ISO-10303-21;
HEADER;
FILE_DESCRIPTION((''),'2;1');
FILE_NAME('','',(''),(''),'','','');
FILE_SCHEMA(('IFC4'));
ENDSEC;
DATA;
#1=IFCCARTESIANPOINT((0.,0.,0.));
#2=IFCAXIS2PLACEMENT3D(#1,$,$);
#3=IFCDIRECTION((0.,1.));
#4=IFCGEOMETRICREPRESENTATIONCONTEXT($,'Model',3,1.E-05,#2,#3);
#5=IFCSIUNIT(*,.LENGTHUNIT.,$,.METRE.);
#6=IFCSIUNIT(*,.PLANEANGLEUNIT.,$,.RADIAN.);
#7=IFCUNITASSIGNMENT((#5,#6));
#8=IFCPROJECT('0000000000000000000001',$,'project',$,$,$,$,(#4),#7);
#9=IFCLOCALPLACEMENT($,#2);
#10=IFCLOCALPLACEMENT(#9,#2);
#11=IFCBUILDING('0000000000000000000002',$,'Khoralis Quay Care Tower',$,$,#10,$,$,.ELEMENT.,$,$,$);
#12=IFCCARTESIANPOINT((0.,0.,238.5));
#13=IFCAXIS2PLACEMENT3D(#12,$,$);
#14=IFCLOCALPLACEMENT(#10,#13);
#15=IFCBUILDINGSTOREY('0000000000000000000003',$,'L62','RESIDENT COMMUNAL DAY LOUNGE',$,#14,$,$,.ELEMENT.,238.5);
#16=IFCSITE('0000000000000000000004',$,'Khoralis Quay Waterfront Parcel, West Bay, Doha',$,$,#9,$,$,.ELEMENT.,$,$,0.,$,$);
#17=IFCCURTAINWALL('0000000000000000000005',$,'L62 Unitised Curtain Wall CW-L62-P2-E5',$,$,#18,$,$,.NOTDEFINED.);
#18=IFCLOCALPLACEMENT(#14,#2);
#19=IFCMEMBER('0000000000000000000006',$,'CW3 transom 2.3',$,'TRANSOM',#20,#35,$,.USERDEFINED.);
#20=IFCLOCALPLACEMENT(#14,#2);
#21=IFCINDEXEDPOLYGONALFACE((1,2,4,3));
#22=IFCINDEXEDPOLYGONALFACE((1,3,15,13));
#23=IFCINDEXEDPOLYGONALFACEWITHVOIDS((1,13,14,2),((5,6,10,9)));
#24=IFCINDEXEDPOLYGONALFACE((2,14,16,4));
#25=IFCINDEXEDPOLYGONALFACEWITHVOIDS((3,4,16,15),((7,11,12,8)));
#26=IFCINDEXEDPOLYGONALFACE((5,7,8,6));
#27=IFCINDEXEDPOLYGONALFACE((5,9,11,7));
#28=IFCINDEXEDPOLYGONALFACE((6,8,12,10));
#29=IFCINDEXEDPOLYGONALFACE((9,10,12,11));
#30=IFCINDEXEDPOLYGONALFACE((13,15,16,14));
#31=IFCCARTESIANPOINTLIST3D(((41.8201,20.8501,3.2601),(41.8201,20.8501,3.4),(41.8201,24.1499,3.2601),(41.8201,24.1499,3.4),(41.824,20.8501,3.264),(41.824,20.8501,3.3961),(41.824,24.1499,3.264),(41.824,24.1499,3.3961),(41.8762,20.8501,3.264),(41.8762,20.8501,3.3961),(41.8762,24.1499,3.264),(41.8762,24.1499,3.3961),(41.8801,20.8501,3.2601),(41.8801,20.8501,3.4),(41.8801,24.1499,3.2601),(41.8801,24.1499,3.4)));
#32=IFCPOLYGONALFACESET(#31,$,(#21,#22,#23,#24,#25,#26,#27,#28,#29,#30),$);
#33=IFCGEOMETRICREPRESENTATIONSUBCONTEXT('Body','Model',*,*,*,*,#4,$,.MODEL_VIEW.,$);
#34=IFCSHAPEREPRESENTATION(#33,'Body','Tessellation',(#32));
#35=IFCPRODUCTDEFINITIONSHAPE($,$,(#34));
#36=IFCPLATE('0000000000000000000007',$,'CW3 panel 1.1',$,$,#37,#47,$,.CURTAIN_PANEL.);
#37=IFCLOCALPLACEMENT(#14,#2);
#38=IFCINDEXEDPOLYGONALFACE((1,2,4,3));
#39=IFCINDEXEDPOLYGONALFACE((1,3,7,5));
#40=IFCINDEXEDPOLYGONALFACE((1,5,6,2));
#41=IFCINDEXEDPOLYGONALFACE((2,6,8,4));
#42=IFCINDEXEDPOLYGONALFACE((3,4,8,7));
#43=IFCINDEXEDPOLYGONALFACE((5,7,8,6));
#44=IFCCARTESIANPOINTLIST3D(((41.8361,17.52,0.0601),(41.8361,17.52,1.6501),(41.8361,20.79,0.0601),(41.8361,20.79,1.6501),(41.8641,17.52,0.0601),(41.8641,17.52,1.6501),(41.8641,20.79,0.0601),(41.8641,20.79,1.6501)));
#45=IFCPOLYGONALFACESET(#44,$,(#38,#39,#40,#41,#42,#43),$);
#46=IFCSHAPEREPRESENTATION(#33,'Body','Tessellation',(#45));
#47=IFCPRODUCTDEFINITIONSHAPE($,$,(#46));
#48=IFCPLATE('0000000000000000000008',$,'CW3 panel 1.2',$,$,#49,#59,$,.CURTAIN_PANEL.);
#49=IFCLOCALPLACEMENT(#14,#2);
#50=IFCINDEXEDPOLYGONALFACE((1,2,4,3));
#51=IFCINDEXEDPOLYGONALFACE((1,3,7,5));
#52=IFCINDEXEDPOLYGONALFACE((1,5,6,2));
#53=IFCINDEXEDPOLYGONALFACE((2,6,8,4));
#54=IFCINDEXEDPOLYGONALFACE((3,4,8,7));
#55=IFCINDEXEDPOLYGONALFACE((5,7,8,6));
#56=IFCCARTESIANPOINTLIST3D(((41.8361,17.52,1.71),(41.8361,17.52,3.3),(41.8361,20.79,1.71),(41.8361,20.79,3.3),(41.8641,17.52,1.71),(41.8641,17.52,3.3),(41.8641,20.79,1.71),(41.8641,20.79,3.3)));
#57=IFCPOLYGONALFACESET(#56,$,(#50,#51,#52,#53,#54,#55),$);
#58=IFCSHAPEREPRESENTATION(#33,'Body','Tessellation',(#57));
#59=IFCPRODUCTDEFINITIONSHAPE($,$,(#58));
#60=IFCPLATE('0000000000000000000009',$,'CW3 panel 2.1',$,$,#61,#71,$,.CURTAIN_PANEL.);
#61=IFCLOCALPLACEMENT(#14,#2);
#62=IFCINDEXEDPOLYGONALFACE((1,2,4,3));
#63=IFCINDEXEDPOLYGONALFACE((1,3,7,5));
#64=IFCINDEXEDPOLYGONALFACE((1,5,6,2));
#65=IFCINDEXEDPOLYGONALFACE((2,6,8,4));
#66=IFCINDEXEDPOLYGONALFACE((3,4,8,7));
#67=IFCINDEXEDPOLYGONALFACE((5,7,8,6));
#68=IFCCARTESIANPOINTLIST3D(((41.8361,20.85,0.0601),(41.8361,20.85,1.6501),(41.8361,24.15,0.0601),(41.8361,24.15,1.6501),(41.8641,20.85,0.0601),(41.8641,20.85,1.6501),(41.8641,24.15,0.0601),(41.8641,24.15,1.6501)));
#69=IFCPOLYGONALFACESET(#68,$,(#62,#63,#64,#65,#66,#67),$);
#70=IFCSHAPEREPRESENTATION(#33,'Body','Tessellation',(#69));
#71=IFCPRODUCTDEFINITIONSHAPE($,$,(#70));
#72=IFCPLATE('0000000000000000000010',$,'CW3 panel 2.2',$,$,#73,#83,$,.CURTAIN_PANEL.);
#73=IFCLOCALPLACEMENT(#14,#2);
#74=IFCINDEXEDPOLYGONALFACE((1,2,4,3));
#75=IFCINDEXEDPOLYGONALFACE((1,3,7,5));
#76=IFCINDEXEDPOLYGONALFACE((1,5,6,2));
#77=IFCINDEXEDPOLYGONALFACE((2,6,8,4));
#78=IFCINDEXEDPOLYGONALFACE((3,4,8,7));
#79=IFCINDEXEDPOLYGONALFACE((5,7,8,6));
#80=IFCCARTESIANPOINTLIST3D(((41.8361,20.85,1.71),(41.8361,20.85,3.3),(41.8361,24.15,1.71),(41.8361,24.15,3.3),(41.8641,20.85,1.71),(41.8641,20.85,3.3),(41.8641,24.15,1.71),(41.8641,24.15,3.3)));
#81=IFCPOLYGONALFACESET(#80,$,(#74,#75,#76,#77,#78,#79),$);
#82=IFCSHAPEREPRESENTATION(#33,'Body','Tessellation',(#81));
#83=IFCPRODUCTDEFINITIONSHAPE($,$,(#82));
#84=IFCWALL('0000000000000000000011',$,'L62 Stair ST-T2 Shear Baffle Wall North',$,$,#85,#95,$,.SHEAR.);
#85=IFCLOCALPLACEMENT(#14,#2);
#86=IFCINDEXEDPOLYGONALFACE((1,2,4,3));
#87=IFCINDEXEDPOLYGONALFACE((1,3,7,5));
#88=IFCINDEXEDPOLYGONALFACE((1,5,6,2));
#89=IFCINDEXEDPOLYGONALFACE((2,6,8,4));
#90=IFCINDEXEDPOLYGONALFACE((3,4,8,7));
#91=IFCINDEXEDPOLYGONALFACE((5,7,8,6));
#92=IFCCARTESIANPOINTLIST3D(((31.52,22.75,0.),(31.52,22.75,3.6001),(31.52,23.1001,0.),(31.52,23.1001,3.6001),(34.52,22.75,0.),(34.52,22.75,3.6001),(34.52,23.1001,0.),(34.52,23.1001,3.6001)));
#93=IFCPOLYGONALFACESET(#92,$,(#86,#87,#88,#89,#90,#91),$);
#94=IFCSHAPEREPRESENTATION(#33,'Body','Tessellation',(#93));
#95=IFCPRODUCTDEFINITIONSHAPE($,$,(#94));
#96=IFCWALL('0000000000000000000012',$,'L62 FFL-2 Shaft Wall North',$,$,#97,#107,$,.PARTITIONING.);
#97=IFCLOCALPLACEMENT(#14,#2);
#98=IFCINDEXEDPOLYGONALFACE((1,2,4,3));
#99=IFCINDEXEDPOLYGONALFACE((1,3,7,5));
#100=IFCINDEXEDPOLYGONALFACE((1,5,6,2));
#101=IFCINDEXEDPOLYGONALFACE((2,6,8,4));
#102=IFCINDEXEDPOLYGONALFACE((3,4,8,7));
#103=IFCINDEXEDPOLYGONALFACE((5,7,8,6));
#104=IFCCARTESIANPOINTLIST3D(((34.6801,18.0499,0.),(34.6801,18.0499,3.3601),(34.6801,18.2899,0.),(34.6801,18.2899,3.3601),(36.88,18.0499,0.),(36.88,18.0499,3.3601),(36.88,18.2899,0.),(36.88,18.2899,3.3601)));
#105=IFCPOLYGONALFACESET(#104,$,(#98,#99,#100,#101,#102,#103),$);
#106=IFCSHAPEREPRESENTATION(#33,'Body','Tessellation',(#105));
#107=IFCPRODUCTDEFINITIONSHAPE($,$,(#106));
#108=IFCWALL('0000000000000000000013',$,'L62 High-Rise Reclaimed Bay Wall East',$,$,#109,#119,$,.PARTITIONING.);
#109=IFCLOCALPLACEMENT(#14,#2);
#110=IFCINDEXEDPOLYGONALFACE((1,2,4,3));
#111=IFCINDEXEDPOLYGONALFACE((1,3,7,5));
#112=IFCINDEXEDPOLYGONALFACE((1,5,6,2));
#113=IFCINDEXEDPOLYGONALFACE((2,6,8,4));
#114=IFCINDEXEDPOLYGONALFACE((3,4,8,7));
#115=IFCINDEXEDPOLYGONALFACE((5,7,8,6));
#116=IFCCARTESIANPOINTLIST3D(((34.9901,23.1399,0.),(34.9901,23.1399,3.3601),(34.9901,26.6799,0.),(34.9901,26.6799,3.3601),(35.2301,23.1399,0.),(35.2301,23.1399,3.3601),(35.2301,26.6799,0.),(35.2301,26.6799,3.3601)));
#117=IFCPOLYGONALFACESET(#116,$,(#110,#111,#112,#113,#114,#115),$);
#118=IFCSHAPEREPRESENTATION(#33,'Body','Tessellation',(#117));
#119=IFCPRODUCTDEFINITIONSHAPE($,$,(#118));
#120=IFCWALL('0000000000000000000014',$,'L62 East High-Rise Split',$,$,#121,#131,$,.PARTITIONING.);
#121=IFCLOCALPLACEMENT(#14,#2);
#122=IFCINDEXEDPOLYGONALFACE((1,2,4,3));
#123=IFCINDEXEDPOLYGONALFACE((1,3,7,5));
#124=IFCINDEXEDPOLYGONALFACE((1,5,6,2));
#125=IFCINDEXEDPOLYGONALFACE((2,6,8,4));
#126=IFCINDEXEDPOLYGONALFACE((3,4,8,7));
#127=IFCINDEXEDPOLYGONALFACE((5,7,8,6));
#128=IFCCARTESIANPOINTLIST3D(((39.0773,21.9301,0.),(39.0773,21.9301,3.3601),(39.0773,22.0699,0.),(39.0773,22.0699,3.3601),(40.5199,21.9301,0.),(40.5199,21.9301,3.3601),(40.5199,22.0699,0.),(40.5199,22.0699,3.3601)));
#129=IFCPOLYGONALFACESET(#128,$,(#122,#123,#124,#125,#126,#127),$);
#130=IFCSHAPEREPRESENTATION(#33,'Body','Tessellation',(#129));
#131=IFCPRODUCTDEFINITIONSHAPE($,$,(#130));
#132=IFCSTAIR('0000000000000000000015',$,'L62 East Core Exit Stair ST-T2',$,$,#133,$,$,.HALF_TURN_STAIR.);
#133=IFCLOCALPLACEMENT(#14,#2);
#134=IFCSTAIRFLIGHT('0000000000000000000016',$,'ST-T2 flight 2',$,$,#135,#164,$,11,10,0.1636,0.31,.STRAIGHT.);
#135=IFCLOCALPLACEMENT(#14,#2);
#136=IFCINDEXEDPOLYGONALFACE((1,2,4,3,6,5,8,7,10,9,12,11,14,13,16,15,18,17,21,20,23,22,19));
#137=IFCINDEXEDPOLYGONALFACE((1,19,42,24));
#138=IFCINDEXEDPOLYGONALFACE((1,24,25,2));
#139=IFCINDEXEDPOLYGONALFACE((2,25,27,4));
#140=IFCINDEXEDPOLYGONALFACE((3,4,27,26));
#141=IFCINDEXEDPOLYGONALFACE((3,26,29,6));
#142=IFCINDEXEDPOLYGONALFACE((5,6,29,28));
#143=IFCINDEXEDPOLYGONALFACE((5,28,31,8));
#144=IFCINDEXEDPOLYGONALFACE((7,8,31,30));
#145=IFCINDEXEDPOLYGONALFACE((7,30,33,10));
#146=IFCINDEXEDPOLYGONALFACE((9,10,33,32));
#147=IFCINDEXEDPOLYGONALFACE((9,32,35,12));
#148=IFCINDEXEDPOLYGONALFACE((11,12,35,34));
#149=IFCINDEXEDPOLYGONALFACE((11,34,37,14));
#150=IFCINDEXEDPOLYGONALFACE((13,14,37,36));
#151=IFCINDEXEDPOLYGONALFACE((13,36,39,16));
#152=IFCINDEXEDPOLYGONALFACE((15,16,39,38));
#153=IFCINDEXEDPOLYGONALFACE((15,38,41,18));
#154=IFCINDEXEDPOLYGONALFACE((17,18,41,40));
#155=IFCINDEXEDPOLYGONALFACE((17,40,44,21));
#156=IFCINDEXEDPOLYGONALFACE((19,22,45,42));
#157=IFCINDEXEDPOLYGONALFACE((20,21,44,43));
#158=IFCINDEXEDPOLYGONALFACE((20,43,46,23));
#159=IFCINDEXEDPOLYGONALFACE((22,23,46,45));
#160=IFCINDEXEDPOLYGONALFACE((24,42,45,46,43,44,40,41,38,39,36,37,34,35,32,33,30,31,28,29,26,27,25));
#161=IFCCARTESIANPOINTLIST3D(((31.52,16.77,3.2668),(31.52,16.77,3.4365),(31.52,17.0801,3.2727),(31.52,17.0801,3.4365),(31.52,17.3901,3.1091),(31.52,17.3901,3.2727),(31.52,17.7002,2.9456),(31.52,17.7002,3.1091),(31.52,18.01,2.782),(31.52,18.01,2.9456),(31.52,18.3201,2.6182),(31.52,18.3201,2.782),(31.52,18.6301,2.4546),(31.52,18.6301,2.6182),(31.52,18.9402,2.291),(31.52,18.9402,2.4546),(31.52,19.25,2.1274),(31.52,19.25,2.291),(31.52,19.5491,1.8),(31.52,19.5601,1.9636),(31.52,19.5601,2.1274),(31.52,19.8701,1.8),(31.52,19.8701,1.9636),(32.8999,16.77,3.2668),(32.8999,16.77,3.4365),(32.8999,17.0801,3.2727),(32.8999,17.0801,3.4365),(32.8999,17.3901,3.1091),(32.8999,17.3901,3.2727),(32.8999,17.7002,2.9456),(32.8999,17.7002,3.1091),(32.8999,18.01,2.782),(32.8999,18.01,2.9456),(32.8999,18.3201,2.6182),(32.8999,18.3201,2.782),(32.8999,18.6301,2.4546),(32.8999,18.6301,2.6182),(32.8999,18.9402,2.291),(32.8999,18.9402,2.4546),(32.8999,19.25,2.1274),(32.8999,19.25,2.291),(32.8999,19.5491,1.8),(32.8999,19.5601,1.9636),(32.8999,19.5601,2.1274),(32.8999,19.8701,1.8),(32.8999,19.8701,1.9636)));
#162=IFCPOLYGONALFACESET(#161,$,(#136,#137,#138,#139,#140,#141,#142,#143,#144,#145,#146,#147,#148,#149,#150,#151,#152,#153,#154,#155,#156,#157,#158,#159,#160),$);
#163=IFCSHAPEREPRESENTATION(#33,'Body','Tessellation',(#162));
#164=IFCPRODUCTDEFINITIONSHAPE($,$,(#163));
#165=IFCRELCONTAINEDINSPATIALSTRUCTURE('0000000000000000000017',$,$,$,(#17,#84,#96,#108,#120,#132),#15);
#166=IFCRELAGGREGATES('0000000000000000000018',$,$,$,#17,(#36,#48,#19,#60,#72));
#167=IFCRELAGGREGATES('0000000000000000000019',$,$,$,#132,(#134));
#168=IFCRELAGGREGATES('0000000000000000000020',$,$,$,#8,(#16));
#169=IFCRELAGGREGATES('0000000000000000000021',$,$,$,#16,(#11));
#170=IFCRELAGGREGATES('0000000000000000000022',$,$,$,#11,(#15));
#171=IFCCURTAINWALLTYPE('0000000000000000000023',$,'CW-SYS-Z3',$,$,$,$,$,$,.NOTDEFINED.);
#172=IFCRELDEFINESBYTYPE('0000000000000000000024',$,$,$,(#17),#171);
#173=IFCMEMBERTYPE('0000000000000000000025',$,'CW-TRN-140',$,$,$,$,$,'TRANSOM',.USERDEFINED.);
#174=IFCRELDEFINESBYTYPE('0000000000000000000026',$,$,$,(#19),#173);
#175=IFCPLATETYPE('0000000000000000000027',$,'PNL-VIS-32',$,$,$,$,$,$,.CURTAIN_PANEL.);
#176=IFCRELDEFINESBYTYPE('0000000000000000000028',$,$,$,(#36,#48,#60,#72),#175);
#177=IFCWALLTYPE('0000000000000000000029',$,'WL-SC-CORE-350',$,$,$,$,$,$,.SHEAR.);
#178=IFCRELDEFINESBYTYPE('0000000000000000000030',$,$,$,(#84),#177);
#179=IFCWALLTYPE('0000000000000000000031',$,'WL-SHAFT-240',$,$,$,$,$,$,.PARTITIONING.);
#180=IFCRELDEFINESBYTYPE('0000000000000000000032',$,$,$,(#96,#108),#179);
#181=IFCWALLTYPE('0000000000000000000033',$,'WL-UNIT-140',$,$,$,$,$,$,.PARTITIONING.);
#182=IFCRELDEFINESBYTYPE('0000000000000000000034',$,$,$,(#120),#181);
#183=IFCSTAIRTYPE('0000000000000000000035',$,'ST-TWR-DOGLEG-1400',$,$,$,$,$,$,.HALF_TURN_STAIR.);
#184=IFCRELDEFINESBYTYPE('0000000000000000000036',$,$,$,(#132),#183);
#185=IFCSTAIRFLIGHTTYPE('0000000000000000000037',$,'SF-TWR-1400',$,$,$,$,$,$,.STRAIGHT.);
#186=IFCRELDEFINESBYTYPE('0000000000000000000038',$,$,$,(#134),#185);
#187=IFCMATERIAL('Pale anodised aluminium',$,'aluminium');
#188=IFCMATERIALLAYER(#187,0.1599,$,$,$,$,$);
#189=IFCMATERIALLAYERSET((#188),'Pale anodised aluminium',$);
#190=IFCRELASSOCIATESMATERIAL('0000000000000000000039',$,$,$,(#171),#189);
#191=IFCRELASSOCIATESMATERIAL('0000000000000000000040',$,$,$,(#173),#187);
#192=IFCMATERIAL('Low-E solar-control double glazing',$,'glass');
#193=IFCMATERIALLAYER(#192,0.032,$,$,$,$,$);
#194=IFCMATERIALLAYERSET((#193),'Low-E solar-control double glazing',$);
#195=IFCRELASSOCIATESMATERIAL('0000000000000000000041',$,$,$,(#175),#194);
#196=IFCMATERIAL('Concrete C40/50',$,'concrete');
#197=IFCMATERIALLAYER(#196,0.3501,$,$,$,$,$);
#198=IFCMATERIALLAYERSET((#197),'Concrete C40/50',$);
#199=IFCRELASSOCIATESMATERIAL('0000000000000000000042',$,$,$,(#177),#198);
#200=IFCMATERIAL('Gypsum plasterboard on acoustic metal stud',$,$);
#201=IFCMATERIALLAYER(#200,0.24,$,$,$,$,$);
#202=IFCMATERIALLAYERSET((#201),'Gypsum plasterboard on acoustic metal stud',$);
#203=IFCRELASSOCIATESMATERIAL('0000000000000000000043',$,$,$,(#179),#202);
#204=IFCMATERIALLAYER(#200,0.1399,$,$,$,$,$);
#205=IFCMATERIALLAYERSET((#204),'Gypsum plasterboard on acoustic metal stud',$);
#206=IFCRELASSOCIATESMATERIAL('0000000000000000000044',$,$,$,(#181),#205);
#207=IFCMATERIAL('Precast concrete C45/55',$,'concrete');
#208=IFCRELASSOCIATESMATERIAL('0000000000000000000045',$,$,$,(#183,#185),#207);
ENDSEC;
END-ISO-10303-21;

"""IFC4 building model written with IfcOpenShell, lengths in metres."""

from ifc_helpers import new_model, si_unit, direction, frame, frame_2d, origin, origin_2d, place, context, subcontext, project, spatial, polyline, rectangle, hollow_rectangle, outline, extrude, source, transform, mapped, material, layer, layer_set, material_profile, profile_set, type_object, element, aggregate, save


model = new_model("IFC4")

# Units and contexts
model_context = context("Model", 3, precision=1e-05, world=origin(), true_north=direction((0.0, 1.0)))
body_context = subcontext(model_context, "Body", "Model", "MODEL_VIEW")
ifc_project = project(units=[si_unit("LENGTHUNIT", "METRE"), si_unit("PLANEANGLEUNIT", "RADIAN")], contexts=[model_context])

# Site, building, storey
site_placement = place(None, origin())
site = spatial("IfcSite", under=ifc_project, at=site_placement, Name="Khoralis Quay Waterfront Parcel, West Bay, Doha", CompositionType="ELEMENT", RefElevation=0.0)
building_placement = place(site_placement, origin())
building = spatial("IfcBuilding", under=site, at=building_placement, Name="Khoralis Quay Care Tower", CompositionType="ELEMENT")
storey_placement = place(building_placement, frame((0.0, 0.0, 238.5)))
storey = spatial("IfcBuildingStorey", under=building, at=storey_placement, Name="L62", Description="RESIDENT COMMUNAL DAY LOUNGE", CompositionType="ELEMENT", Elevation=238.5)

# Curtain wall, member, plates
ifc_material_1 = material(Name="Pale anodised aluminium", Category="aluminium")
ifc_layer_1 = layer(ifc_material_1, 0.1599)
ifc_layer_set_1 = layer_set([ifc_layer_1], Name="Pale anodised aluminium")
curtain_wall_type = type_object("IfcCurtainWallType", Name="CW-SYS-Z3", PredefinedType="NOTDEFINED", material=ifc_layer_set_1)
curtain_wall_placement = place(storey_placement, origin())
curtain_wall = element("IfcCurtainWall", 1, at=curtain_wall_placement, inside=storey, type_object=curtain_wall_type, Name="L62 Unitised Curtain Wall CW-L62-P2-E5", PredefinedType="NOTDEFINED")
ifc_material_profile_1 = material_profile(ifc_material_1, hollow_rectangle(XDim=0.0601, YDim=0.1399, WallThickness=0.0039, at=origin_2d()), Name="Pale anodised aluminium")
ifc_profile_set_1 = profile_set([ifc_material_profile_1], Name="Pale anodised aluminium")
member_type_1 = type_object("IfcMemberType", Name="CW-TRN-140", ElementType="TRANSOM", PredefinedType="USERDEFINED", material=ifc_profile_set_1)
shared_shape_1 = source(origin(), body_context, "Body", "SweptSolid", [
    extrude(hollow_rectangle(XDim=0.0601, YDim=0.1399, WallThickness=0.0039, at=origin_2d()), origin(), (0.0, 0.0, 1.0), 3.2998),
])
member_1_placement = place(storey_placement, frame((41.8501, 20.8501, 3.3301), z_axis=(0.0, 1.0, 0.0), x_axis=(-1.0, 0.0, 0.0)))
member_1 = element("IfcMember", 2, at=member_1_placement, type_object=member_type_1, Name="CW3 transom 2.3", ObjectType="TRANSOM", PredefinedType="USERDEFINED", context=body_context, shape_type="MappedRepresentation", body=[
    mapped(shared_shape_1, transform((0.0, 0.0, 0.0), scale=1.0)),
])
ifc_material_2 = material(Name="Low-E solar-control double glazing", Category="glass")
ifc_layer_2 = layer(ifc_material_2, 0.032)
ifc_layer_set_2 = layer_set([ifc_layer_2], Name="Low-E solar-control double glazing")
plate_type = type_object("IfcPlateType", Name="PNL-VIS-32", PredefinedType="CURTAIN_PANEL", material=ifc_layer_set_2)
shared_shape_2 = source(origin(), body_context, "Body", "SweptSolid", [
    extrude(rectangle(XDim=3.27, YDim=0.0281, at=origin_2d()), origin(), (0.0, 0.0, 1.0), 1.5901),
])
plate_1_placement = place(storey_placement, frame((41.8501, 19.155, 0.0601), z_axis=(0.0, 0.0, 1.0), x_axis=(0.0, 1.0, 0.0)))
plate_1 = element("IfcPlate", 3, at=plate_1_placement, type_object=plate_type, Name="CW3 panel 1.1", PredefinedType="CURTAIN_PANEL", context=body_context, shape_type="MappedRepresentation", body=[
    mapped(shared_shape_2, transform((0.0, 0.0, 0.0), scale=1.0)),
])
plate_2_placement = place(storey_placement, frame((41.8501, 19.155, 1.71), z_axis=(0.0, 0.0, 1.0), x_axis=(0.0, 1.0, 0.0)))
plate_2 = element("IfcPlate", 4, at=plate_2_placement, type_object=plate_type, Name="CW3 panel 1.2", PredefinedType="CURTAIN_PANEL", context=body_context, shape_type="MappedRepresentation", body=[
    mapped(shared_shape_2, transform((0.0, 0.0, 0.0), scale=1.0)),
])
shared_shape_3 = source(origin(), body_context, "Body", "SweptSolid", [
    extrude(rectangle(XDim=3.3, YDim=0.0281, at=origin_2d()), origin(), (0.0, 0.0, 1.0), 1.5901),
])
plate_3_placement = place(storey_placement, frame((41.8501, 22.5, 0.0601), z_axis=(0.0, 0.0, 1.0), x_axis=(0.0, 1.0, 0.0)))
plate_3 = element("IfcPlate", 5, at=plate_3_placement, type_object=plate_type, Name="CW3 panel 2.1", PredefinedType="CURTAIN_PANEL", context=body_context, shape_type="MappedRepresentation", body=[
    mapped(shared_shape_3, transform((0.0, 0.0, 0.0), scale=1.0)),
])
plate_4_placement = place(storey_placement, frame((41.8501, 22.5, 1.71), z_axis=(0.0, 0.0, 1.0), x_axis=(0.0, 1.0, 0.0)))
plate_4 = element("IfcPlate", 6, at=plate_4_placement, type_object=plate_type, Name="CW3 panel 2.2", PredefinedType="CURTAIN_PANEL", context=body_context, shape_type="MappedRepresentation", body=[
    mapped(shared_shape_3, transform((0.0, 0.0, 0.0), scale=1.0)),
])
aggregate(curtain_wall, [plate_1, plate_2, member_1, plate_3, plate_4])

# Walls
ifc_material_3 = material(Name="Concrete C40/50", Category="concrete")
ifc_layer_3 = layer(ifc_material_3, 0.3501)
ifc_layer_set_3 = layer_set([ifc_layer_3], Name="Concrete C40/50")
wall_type_1 = type_object("IfcWallType", Name="WL-SC-CORE-350", PredefinedType="SHEAR", material=ifc_layer_set_3)
wall_1_placement = place(storey_placement, frame((31.52, 22.925, 0.0), z_axis=(0.0, 0.0, 1.0), x_axis=(1.0, 0.0, 0.0)))
element("IfcWall", 7, at=wall_1_placement, inside=storey, type_object=wall_type_1, Name="L62 Stair ST-T2 Shear Baffle Wall North", PredefinedType="SHEAR", context=body_context, shape_type="SweptSolid", body=[
    extrude(rectangle(XDim=3.0, YDim=0.3501, at=frame_2d((1.5, 0.0))), origin(), (0.0, 0.0, 1.0), 3.6001),
])
ifc_material_4 = material(Name="Gypsum plasterboard on acoustic metal stud")
ifc_layer_4 = layer(ifc_material_4, 0.24)
ifc_layer_set_4 = layer_set([ifc_layer_4], Name="Gypsum plasterboard on acoustic metal stud")
wall_type_2 = type_object("IfcWallType", Name="WL-SHAFT-240", PredefinedType="PARTITIONING", material=ifc_layer_set_4)
wall_2_placement = place(storey_placement, frame((34.6799, 18.1699, 0.0), z_axis=(0.0, 0.0, 1.0), x_axis=(1.0, 0.0, 0.0)))
element("IfcWall", 8, at=wall_2_placement, inside=storey, type_object=wall_type_2, Name="L62 FFL-2 Shaft Wall North", PredefinedType="PARTITIONING", context=body_context, shape_type="SweptSolid", body=[
    extrude(rectangle(XDim=2.2, YDim=0.24, at=frame_2d((1.1001, 0.0))), origin(), (0.0, 0.0, 1.0), 3.3601),
])
wall_3_placement = place(storey_placement, frame((35.1101, 23.1399, 0.0), z_axis=(0.0, 0.0, 1.0), x_axis=(0.0, 1.0, 0.0)))
element("IfcWall", 9, at=wall_3_placement, inside=storey, type_object=wall_type_2, Name="L62 High-Rise Reclaimed Bay Wall East", PredefinedType="PARTITIONING", context=body_context, shape_type="SweptSolid", body=[
    extrude(rectangle(XDim=3.54, YDim=0.24, at=frame_2d((1.77, 0.0))), origin(), (0.0, 0.0, 1.0), 3.3601),
])
ifc_layer_5 = layer(ifc_material_4, 0.1399)
ifc_layer_set_5 = layer_set([ifc_layer_5], Name="Gypsum plasterboard on acoustic metal stud")
wall_type_3 = type_object("IfcWallType", Name="WL-UNIT-140", PredefinedType="PARTITIONING", material=ifc_layer_set_5)
wall_4_placement = place(storey_placement, frame((39.0774, 22.0, 0.0), z_axis=(0.0, 0.0, 1.0), x_axis=(1.0, 0.0, 0.0)))
element("IfcWall", 10, at=wall_4_placement, inside=storey, type_object=wall_type_3, Name="L62 East High-Rise Split", PredefinedType="PARTITIONING", context=body_context, shape_type="SweptSolid", body=[
    extrude(rectangle(XDim=1.4426, YDim=0.1399, at=frame_2d((0.7212, 0.0))), origin(), (0.0, 0.0, 1.0), 3.3601),
])

# Stair, stair flight
ifc_material_5 = material(Name="Precast concrete C45/55", Category="concrete")
stair_type = type_object("IfcStairType", Name="ST-TWR-DOGLEG-1400", PredefinedType="HALF_TURN_STAIR", material=ifc_material_5)
stair_placement = place(storey_placement, origin())
stair = element("IfcStair", 11, at=stair_placement, inside=storey, type_object=stair_type, Name="L62 East Core Exit Stair ST-T2", PredefinedType="HALF_TURN_STAIR")
stair_flight_type = type_object("IfcStairFlightType", Name="SF-TWR-1400", PredefinedType="STRAIGHT", material=ifc_material_5)
shared_shape_4 = source(origin(), body_context, "Body", "SweptSolid", [
    extrude(outline(polyline([(0.0, 0.0), (0.0, 0.1636), (0.3101, 0.1636), (0.3101, 0.3274), (0.6201, 0.3274), (0.6201, 0.491), (0.9299, 0.491), (0.9299, 0.6545), (1.24, 0.6545), (1.24, 0.8181), (1.55, 0.8181), (1.55, 0.9819), (1.8601, 0.9819), (1.8601, 1.1455), (2.1699, 1.1455), (2.1699, 1.3091), (2.48, 1.3091), (2.48, 1.4727), (2.79, 1.4727), (2.79, 1.6365), (3.1001, 1.6365), (3.1001, 1.8), (3.1001, 1.4668), (0.321, 0.0), (0.0, 0.0)])), frame((0.0, 0.6899, 0.0), z_axis=(0.0, -1.0, 0.0), x_axis=(1.0, 0.0, 0.0)), (0.0, 0.0, 1.0), 1.3799),
])
stair_flight_placement = place(storey_placement, frame((32.21, 19.8701, 1.8), z_axis=(0.0, 0.0, 1.0), x_axis=(0.0, -1.0, 0.0)))
stair_flight = element("IfcStairFlight", 12, at=stair_flight_placement, type_object=stair_flight_type, Name="ST-T2 flight 2", NumberOfRisers=11, NumberOfTreads=10, PredefinedType="STRAIGHT", RiserHeight=0.1636, TreadLength=0.31, context=body_context, shape_type="MappedRepresentation", body=[
    mapped(shared_shape_4, transform((0.0, 0.0, 0.0), scale=1.0)),
])
aggregate(stair, [stair_flight])

save(model, "model.ifc")
